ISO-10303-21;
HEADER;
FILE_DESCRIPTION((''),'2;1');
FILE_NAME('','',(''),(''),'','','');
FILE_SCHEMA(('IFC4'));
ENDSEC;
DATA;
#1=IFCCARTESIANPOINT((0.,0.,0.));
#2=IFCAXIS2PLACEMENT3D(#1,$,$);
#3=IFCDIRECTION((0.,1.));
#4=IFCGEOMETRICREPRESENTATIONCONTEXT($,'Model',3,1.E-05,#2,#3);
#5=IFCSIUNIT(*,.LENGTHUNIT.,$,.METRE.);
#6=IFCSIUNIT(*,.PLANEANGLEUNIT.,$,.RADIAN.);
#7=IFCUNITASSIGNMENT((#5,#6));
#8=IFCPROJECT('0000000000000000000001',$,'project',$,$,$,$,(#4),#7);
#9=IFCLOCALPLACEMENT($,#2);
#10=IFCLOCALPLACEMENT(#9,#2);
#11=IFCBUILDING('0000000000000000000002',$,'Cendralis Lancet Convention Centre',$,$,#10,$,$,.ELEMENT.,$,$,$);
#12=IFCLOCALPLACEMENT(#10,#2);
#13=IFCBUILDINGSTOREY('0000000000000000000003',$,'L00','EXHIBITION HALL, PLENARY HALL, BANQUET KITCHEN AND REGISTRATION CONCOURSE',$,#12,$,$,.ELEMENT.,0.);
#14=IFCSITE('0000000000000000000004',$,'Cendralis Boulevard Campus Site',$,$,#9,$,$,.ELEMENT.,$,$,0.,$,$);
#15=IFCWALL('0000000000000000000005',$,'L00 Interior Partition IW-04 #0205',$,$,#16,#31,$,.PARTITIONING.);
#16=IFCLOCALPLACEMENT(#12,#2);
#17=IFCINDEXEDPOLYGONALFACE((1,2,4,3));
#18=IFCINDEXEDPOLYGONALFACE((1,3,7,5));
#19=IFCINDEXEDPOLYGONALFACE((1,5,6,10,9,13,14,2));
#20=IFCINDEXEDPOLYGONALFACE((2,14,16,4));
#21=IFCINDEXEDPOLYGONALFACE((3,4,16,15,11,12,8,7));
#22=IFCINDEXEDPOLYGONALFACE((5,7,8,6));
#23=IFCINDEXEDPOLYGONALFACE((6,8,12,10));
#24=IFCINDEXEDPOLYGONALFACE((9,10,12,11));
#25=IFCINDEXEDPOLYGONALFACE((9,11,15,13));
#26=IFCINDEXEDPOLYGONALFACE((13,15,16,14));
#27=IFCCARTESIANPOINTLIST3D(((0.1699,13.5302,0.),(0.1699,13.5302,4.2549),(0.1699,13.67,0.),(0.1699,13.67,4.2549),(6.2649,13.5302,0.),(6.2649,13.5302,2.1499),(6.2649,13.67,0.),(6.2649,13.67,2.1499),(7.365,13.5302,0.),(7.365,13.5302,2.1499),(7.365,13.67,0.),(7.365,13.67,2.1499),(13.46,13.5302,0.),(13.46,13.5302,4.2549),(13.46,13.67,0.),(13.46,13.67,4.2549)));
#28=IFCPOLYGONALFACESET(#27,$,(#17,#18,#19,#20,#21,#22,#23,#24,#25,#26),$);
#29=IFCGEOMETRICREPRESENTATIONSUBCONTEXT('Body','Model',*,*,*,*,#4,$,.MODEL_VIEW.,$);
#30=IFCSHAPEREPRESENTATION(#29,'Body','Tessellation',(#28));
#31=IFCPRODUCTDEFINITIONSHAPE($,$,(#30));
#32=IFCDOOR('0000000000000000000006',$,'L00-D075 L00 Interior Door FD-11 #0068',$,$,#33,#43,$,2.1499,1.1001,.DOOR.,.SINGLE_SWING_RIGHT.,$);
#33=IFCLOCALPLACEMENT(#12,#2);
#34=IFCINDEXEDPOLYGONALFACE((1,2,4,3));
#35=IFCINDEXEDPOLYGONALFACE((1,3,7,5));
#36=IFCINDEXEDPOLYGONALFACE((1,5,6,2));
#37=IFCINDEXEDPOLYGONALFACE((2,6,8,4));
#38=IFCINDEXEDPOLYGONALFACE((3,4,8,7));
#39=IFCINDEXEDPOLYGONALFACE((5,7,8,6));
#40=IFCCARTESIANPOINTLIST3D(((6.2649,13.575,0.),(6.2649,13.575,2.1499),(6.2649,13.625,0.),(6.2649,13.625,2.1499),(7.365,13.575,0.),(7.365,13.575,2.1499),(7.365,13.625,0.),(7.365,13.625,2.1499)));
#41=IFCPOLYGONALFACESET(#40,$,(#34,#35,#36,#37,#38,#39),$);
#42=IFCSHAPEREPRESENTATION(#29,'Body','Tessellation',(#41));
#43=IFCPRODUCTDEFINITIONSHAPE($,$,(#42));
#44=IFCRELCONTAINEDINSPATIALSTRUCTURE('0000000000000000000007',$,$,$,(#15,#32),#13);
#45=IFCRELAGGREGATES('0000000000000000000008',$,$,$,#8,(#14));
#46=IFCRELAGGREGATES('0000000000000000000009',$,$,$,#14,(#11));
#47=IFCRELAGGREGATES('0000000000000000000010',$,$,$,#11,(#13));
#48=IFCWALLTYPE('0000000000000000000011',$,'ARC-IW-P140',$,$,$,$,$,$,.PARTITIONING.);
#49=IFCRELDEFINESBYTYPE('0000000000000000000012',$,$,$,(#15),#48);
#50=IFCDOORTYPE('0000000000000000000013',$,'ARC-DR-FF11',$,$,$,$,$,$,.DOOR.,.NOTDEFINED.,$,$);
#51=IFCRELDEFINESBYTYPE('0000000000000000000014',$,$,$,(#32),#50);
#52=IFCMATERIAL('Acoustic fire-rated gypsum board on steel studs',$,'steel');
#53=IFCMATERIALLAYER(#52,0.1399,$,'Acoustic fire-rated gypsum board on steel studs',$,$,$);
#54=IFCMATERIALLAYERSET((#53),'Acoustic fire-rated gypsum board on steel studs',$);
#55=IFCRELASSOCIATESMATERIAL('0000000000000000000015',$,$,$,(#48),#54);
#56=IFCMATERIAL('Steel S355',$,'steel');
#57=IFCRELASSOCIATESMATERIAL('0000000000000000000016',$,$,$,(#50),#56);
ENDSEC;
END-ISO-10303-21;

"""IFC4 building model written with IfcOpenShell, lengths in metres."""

from ifc_helpers import new_model, si_unit, direction, frame, frame_2d, origin, place, context, subcontext, project, spatial, rectangle, extrude, material, layer, layer_set, type_object, element, fill, save


model = new_model("IFC4")

# Units and contexts
model_context = context("Model", 3, precision=1e-05, world=origin(), true_north=direction((0.0, 1.0)))
body_context = subcontext(model_context, "Body", "Model", "MODEL_VIEW")
ifc_project = project(units=[si_unit("LENGTHUNIT", "METRE"), si_unit("PLANEANGLEUNIT", "RADIAN")], contexts=[model_context])

# Site, building, storey
site_placement = place(None, origin())
site = spatial("IfcSite", under=ifc_project, at=site_placement, Name="Cendralis Boulevard Campus Site", CompositionType="ELEMENT", RefElevation=0.0)
building_placement = place(site_placement, origin())
building = spatial("IfcBuilding", under=site, at=building_placement, Name="Cendralis Lancet Convention Centre", CompositionType="ELEMENT")
storey_placement = place(building_placement, origin())
storey = spatial("IfcBuildingStorey", under=building, at=storey_placement, Name="L00", Description="EXHIBITION HALL, PLENARY HALL, BANQUET KITCHEN AND REGISTRATION CONCOURSE", CompositionType="ELEMENT", Elevation=0.0)

# Wall, opening, door
ifc_material_1 = material(Name="Acoustic fire-rated gypsum board on steel studs", Category="steel")
ifc_layer_1 = layer(ifc_material_1, 0.1399, Name="Acoustic fire-rated gypsum board on steel studs")
ifc_layer_set_1 = layer_set([ifc_layer_1], Name="Acoustic fire-rated gypsum board on steel studs")
wall_type_1 = type_object("IfcWallType", Name="ARC-IW-P140", PredefinedType="PARTITIONING", material=ifc_layer_set_1)
wall_1_placement = place(storey_placement, frame((0.1699, 13.6001, 0.0), z_axis=(0.0, 0.0, 1.0), x_axis=(1.0, 0.0, 0.0)))
wall_1 = element("IfcWall", 1, at=wall_1_placement, inside=storey, type_object=wall_type_1, Name="L00 Interior Partition IW-04 #0205", PredefinedType="PARTITIONING", context=body_context, shape_type="SweptSolid", body=[
    extrude(rectangle(XDim=13.29, YDim=0.1399, at=frame_2d((6.645, 0.0))), origin(), (0.0, 0.0, 1.0), 4.2549),
])
opening_1_placement = place(wall_1_placement, frame((6.095, 0.0, 0.0)))
opening_1 = element("IfcOpeningElement", 2, at=opening_1_placement, cuts=wall_1, PredefinedType="OPENING", context=body_context, shape_type="SweptSolid", body=[
    extrude(rectangle(XDim=1.1001, YDim=2.1499, at=frame_2d((0.55, 1.075))), frame((0.0, 0.0798, 0.0), z_axis=(0.0, -1.0, 0.0), x_axis=(1.0, 0.0, 0.0)), (0.0, 0.0, 1.0), 0.1599),
])
ifc_material_2 = material(Name="Steel S355", Category="steel")
door_type_1 = type_object("IfcDoorType", Name="ARC-DR-FF11", OperationType="NOTDEFINED", PredefinedType="DOOR", material=ifc_material_2)
door_1_placement = place(opening_1_placement, origin())
door_1 = element("IfcDoor", 3, at=door_1_placement, inside=storey, type_object=door_type_1, Name="L00-D075 L00 Interior Door FD-11 #0068", OperationType="SINGLE_SWING_RIGHT", OverallHeight=2.1499, OverallWidth=1.1001, PredefinedType="DOOR", context=body_context, shape_type="SweptSolid", body=[
    extrude(rectangle(XDim=1.1001, YDim=2.1499, at=frame_2d((0.55, 1.075))), frame((0.0, 0.0249, 0.0), z_axis=(0.0, -1.0, 0.0), x_axis=(1.0, 0.0, 0.0)), (0.0, 0.0, 1.0), 0.05),
])
fill(opening_1, door_1)

save(model, "model.ifc")
